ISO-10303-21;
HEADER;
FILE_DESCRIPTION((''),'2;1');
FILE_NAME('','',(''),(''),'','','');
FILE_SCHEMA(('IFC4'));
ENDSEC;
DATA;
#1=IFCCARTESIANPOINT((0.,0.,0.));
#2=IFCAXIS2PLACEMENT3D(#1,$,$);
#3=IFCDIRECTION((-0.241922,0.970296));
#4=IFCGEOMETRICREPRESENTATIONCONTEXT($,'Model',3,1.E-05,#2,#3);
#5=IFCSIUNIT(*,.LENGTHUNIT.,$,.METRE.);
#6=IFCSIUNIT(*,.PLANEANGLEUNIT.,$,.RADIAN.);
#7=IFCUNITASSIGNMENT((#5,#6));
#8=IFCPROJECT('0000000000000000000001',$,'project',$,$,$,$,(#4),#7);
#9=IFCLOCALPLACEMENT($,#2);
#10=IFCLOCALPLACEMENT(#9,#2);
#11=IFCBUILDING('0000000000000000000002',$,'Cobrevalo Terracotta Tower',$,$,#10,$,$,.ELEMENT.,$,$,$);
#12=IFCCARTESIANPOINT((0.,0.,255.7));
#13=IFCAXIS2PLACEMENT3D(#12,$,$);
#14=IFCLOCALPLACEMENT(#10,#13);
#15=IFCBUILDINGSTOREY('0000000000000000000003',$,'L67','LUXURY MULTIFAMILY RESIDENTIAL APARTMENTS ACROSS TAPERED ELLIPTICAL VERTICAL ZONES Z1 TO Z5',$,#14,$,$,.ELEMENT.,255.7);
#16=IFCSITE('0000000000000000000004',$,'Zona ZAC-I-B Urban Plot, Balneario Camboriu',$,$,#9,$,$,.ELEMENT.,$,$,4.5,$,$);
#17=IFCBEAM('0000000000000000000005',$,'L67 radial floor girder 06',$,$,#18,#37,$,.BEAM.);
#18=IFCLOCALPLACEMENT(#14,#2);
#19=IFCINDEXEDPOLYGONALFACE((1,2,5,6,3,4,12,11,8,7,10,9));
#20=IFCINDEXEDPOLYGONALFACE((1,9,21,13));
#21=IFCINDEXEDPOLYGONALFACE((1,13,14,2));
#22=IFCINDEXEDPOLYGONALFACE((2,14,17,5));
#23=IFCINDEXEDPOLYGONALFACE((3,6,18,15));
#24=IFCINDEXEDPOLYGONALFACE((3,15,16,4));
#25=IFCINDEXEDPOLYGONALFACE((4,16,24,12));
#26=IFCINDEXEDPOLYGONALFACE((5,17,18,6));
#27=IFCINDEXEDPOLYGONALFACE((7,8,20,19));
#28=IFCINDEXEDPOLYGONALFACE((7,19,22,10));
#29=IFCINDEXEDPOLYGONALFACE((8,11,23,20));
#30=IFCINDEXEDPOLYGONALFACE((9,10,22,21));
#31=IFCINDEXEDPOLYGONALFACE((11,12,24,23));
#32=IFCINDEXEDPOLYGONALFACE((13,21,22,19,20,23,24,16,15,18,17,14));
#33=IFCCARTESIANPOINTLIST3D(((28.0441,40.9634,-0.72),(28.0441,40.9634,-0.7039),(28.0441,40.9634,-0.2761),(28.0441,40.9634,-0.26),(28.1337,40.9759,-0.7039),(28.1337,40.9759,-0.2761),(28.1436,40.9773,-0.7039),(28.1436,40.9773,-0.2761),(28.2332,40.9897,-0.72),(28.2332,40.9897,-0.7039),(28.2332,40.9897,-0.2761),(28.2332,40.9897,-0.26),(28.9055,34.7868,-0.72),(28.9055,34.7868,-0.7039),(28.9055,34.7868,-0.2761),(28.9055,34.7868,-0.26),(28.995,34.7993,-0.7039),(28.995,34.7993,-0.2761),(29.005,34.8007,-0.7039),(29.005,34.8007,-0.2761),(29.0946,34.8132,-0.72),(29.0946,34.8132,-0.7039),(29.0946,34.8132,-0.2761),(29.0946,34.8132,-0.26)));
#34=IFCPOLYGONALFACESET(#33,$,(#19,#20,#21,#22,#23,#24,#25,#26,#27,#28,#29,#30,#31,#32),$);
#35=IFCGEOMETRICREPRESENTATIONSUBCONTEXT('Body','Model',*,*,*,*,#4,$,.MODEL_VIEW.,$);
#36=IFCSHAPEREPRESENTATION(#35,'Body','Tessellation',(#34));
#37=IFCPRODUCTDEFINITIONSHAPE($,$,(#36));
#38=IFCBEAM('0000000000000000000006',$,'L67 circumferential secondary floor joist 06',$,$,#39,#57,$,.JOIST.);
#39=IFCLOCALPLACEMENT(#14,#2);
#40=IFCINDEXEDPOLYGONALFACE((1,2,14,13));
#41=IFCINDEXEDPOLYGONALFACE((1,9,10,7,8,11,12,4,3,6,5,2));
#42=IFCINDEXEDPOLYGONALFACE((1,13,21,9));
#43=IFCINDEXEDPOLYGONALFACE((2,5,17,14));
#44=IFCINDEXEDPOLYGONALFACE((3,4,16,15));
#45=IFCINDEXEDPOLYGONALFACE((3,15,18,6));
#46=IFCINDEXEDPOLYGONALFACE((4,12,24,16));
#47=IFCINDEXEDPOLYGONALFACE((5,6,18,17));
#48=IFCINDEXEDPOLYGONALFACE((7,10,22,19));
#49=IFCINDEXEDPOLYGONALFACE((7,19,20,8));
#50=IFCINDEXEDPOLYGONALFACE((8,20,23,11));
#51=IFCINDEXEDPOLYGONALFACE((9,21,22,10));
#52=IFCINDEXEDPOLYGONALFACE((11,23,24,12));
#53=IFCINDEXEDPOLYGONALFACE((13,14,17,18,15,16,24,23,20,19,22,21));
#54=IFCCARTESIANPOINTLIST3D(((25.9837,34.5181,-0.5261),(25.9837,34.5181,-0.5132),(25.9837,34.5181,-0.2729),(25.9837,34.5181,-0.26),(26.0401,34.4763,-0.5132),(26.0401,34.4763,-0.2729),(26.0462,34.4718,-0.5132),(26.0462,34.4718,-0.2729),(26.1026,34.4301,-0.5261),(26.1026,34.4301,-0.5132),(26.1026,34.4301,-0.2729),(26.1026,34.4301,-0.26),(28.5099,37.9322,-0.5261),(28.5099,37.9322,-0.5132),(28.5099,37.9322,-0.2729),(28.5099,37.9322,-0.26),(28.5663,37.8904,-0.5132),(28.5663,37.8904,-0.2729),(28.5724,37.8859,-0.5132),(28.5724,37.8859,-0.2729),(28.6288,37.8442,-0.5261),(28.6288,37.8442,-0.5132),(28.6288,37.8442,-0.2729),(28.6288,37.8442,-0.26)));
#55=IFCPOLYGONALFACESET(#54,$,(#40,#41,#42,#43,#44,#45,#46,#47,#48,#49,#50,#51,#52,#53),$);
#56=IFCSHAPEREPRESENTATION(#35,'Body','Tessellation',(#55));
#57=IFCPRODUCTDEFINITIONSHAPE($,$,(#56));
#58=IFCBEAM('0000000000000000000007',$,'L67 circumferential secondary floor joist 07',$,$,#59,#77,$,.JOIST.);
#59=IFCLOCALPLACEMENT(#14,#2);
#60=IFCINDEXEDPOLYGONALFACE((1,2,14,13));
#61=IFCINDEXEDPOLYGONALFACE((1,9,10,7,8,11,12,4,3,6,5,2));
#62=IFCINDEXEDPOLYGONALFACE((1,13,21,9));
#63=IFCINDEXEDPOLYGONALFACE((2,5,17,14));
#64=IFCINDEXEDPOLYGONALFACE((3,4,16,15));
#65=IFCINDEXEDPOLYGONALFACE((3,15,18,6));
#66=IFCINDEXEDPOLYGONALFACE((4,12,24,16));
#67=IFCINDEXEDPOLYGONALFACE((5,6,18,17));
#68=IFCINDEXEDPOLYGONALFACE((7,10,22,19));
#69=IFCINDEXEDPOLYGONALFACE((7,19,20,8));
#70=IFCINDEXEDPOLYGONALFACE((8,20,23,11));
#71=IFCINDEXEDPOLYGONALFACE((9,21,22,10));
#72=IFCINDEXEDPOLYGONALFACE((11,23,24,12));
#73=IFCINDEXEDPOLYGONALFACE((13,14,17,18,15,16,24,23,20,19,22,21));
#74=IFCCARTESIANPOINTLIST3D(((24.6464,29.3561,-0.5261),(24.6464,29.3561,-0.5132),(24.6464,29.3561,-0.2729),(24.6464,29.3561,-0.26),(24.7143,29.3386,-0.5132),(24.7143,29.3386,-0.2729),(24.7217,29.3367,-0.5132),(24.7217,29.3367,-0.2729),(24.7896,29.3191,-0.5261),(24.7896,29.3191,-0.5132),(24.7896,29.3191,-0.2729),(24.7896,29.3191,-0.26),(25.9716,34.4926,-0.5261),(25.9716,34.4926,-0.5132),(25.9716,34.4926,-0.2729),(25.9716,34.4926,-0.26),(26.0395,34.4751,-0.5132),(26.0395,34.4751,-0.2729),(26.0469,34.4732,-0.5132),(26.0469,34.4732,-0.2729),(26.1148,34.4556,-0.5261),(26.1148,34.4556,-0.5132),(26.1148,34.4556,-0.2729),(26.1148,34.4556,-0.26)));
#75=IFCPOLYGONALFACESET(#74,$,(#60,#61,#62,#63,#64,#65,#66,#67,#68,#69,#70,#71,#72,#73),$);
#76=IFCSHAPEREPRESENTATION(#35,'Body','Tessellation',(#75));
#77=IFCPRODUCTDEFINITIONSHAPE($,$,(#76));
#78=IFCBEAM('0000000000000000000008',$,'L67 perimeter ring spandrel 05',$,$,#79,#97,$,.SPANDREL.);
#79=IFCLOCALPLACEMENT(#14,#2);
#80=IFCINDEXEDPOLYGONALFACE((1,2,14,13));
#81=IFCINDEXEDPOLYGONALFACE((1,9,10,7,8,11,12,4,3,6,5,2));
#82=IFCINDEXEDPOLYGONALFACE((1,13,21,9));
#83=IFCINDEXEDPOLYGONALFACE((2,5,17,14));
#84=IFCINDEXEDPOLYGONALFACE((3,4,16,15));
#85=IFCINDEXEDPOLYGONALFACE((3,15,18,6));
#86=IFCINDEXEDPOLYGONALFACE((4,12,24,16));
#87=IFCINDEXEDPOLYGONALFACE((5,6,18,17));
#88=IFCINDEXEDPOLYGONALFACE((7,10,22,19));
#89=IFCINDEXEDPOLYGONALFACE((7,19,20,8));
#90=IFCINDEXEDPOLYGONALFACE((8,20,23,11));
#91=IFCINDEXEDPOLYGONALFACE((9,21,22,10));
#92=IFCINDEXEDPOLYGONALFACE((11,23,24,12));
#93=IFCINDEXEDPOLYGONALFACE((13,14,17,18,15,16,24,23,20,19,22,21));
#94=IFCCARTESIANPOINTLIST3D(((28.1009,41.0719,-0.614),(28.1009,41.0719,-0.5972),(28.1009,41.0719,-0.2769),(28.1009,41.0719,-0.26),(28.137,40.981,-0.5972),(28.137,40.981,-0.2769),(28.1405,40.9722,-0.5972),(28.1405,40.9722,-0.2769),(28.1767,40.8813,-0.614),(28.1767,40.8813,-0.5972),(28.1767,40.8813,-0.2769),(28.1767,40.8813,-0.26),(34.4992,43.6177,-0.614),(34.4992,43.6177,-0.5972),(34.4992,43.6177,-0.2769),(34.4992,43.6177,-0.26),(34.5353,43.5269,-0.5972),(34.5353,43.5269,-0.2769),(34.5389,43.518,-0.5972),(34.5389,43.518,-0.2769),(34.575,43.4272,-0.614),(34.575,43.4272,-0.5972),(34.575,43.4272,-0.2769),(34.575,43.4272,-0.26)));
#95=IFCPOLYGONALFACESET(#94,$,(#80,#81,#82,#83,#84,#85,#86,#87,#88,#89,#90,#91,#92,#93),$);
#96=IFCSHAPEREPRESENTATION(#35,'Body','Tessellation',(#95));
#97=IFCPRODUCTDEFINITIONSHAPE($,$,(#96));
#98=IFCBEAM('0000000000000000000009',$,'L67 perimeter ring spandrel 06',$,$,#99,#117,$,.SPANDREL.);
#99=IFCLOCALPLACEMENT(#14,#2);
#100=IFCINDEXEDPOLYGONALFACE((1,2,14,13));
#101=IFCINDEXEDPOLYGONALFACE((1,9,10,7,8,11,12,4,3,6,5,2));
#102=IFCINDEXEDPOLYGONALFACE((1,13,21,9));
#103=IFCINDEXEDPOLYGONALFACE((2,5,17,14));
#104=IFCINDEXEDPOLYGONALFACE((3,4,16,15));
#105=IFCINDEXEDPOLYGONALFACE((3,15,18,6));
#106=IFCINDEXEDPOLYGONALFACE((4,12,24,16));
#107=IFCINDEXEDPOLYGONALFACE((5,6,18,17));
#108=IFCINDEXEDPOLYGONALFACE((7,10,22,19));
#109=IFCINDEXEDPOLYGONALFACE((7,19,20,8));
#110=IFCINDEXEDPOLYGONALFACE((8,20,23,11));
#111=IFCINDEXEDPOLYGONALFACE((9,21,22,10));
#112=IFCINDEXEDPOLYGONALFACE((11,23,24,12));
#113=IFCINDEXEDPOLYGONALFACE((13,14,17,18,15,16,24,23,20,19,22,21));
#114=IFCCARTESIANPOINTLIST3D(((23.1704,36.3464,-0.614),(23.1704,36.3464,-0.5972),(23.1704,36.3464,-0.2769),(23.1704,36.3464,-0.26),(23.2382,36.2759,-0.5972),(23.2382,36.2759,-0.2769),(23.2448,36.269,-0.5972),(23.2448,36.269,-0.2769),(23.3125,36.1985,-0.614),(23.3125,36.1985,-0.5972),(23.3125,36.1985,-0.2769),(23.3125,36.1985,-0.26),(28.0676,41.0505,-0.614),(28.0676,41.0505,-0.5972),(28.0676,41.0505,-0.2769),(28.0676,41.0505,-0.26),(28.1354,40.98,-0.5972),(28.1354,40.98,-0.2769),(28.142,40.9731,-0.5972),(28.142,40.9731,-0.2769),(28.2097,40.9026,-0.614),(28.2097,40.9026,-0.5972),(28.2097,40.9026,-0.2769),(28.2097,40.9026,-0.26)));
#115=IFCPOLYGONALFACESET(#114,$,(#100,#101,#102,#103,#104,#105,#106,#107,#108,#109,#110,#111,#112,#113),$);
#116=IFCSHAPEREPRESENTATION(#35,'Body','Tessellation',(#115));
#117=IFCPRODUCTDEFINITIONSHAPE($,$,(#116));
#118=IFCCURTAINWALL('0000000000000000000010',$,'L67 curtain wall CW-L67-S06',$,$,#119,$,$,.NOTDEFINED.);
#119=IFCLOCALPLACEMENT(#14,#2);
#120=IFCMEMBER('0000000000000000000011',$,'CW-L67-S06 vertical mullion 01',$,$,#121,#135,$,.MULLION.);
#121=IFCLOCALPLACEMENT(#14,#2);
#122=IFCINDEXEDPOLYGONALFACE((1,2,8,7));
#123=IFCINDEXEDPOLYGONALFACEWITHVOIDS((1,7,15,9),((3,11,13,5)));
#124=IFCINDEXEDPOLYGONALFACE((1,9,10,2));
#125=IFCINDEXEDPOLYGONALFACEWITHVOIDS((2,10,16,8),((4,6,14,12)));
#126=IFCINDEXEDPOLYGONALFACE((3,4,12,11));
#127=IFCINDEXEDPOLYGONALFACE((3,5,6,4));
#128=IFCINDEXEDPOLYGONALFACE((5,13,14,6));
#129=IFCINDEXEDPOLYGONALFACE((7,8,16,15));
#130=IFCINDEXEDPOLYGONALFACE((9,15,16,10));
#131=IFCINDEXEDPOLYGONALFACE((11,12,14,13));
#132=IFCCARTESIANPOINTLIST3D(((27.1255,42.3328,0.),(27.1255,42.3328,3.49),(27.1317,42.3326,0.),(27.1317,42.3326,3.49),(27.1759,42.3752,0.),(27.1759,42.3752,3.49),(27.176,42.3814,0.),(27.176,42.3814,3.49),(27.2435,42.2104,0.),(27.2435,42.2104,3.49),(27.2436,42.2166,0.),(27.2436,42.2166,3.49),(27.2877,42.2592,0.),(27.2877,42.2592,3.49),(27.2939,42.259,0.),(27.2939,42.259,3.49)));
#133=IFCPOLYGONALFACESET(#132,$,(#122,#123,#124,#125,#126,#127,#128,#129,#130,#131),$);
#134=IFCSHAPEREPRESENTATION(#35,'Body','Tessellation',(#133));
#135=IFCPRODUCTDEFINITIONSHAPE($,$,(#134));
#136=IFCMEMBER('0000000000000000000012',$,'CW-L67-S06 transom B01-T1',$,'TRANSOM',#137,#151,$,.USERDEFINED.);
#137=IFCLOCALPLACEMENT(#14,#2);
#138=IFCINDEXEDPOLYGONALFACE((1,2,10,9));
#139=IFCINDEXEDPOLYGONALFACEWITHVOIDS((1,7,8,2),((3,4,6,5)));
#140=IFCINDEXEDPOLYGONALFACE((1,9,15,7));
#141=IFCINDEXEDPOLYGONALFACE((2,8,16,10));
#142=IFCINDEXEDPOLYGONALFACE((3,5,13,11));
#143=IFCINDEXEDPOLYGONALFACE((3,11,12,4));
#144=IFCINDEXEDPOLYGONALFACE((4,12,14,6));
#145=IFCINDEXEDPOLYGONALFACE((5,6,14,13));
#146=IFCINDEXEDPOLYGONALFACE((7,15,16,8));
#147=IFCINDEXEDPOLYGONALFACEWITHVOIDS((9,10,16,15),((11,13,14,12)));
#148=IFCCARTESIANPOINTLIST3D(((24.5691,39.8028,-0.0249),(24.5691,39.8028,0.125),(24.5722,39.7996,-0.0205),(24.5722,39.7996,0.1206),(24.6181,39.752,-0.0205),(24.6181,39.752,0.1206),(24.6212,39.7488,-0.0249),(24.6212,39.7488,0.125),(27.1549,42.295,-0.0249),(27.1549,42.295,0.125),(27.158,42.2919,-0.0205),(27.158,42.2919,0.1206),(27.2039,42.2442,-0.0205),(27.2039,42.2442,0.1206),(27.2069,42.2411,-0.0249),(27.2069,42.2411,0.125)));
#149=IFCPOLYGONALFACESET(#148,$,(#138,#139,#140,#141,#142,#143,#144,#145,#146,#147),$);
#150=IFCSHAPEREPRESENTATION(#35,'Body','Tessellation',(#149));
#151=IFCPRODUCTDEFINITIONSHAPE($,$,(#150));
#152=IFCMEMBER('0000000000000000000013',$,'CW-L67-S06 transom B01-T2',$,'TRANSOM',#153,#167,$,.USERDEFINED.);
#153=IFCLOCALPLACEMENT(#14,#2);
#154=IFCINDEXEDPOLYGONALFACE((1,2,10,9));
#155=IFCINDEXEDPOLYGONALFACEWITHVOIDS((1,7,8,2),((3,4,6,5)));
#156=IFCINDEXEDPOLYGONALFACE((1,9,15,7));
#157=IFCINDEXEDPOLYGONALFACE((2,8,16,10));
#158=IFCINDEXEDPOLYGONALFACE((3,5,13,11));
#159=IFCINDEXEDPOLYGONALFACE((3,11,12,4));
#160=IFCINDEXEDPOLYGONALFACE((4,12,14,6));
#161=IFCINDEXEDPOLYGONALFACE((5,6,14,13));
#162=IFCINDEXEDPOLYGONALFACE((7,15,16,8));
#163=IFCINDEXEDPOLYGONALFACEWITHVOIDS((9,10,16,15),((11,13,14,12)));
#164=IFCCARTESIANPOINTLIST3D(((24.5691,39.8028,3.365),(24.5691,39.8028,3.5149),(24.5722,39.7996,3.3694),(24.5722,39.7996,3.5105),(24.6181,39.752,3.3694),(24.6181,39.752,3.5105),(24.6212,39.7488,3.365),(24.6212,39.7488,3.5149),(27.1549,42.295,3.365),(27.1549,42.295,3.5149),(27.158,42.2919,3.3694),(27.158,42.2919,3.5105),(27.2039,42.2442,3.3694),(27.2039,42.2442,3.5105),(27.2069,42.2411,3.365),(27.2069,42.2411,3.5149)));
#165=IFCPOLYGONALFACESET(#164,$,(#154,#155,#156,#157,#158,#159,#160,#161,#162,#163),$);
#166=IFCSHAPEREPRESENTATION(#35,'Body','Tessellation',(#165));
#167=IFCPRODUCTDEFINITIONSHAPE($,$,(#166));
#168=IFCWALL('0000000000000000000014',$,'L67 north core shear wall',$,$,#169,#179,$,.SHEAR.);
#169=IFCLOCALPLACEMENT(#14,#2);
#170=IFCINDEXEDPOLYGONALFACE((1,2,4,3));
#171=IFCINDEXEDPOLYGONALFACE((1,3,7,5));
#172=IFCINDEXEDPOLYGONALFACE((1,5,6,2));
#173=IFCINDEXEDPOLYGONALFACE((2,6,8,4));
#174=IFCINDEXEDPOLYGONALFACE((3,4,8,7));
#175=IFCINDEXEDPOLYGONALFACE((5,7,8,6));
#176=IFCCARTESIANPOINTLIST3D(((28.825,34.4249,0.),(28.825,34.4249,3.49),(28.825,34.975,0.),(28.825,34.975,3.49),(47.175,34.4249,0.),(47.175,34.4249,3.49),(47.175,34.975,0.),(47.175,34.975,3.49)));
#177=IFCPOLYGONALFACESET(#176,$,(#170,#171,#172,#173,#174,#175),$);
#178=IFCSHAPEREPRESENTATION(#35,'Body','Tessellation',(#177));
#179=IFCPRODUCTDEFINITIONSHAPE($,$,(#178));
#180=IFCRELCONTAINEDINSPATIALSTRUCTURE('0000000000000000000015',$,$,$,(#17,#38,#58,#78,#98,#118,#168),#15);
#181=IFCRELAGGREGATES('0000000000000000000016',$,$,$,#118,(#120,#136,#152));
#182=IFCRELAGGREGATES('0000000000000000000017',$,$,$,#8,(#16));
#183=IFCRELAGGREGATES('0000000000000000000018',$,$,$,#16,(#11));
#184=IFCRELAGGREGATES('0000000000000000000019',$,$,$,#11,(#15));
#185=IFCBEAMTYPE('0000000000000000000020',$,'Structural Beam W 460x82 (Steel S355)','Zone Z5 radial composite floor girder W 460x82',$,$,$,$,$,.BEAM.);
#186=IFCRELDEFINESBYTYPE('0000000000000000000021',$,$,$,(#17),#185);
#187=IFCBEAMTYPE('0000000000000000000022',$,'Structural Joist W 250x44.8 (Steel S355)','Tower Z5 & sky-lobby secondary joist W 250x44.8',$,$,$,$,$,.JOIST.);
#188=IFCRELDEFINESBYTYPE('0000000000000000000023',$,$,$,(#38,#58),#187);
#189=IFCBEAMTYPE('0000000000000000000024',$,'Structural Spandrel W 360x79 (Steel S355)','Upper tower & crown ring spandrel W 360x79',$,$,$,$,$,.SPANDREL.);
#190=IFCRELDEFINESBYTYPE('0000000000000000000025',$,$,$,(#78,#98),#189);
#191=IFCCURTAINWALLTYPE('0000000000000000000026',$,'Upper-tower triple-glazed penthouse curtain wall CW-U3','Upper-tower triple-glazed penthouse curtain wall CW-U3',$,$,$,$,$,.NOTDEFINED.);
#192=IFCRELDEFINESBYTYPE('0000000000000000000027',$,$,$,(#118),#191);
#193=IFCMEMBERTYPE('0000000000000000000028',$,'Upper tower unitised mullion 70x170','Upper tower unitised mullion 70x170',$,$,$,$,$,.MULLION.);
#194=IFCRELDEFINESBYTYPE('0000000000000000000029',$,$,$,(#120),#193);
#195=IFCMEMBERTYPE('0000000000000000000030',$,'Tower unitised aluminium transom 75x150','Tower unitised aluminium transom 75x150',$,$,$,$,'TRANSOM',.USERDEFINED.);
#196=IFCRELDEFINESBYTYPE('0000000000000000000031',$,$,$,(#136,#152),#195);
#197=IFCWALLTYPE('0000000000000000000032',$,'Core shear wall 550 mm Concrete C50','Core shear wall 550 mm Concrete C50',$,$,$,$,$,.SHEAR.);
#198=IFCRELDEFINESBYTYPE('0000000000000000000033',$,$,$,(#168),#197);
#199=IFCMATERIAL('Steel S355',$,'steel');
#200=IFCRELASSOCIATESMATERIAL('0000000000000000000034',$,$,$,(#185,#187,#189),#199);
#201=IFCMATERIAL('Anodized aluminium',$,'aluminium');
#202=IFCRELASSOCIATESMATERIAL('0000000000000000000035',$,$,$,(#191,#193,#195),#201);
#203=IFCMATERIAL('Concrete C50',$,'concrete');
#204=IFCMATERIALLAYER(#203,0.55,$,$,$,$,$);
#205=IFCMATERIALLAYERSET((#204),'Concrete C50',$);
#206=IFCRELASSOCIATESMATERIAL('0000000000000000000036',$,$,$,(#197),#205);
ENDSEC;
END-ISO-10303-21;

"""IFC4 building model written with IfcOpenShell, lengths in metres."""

from ifc_helpers import new_model, si_unit, direction, frame, frame_2d, origin, origin_2d, place, context, subcontext, project, spatial, rectangle, hollow_rectangle, i_section, extrude, source, transform, mapped, material, layer, layer_set, material_profile, profile_set, type_object, element, aggregate, save


model = new_model("IFC4")

# Units and contexts
model_context = context("Model", 3, precision=1e-05, world=origin(), true_north=direction((-0.241922, 0.970296)))
body_context = subcontext(model_context, "Body", "Model", "MODEL_VIEW")
ifc_project = project(units=[si_unit("LENGTHUNIT", "METRE"), si_unit("PLANEANGLEUNIT", "RADIAN")], contexts=[model_context])

# Site, building, storey
site_placement = place(None, origin())
site = spatial("IfcSite", under=ifc_project, at=site_placement, Name="Zona ZAC-I-B Urban Plot, Balneario Camboriu", CompositionType="ELEMENT", RefElevation=4.5)
building_placement = place(site_placement, origin())
building = spatial("IfcBuilding", under=site, at=building_placement, Name="Cobrevalo Terracotta Tower", CompositionType="ELEMENT")
storey_placement = place(building_placement, frame((0.0, 0.0, 255.7)))
storey = spatial("IfcBuildingStorey", under=building, at=storey_placement, Name="L67", Description="LUXURY MULTIFAMILY RESIDENTIAL APARTMENTS ACROSS TAPERED ELLIPTICAL VERTICAL ZONES Z1 TO Z5", CompositionType="ELEMENT", Elevation=255.7)

# Shared definitions
ifc_material_1 = material(Name="Steel S355", Category="steel")
ifc_material_2 = material(Name="Concrete C50", Category="concrete")

# Beams
ifc_material_profile_1 = material_profile(ifc_material_1, i_section(OverallWidth=0.1909, OverallDepth=0.46, WebThickness=0.01, FlangeThickness=0.0161, at=origin_2d()), Name="W 460x82")
ifc_profile_set_1 = profile_set([ifc_material_profile_1], Name="Steel S355")
beam_type_1 = type_object("IfcBeamType", Name="Structural Beam W 460x82 (Steel S355)", Description="Zone Z5 radial composite floor girder W 460x82", PredefinedType="BEAM", material=ifc_profile_set_1)
beam_1_placement = place(storey_placement, frame((28.1387, 40.9766, -0.49), z_axis=(0.138116, -0.990416, 0.0), x_axis=(0.990416, 0.138116, 0.0)))
element("IfcBeam", 1, at=beam_1_placement, inside=storey, type_object=beam_type_1, Name="L67 radial floor girder 06", PredefinedType="BEAM", context=body_context, shape_type="SweptSolid", body=[
    extrude(i_section(OverallWidth=0.1909, OverallDepth=0.46, WebThickness=0.01, FlangeThickness=0.0161, at=origin_2d()), origin(), (0.0, 0.0, 1.0), 6.2363),
])
ifc_material_profile_2 = material_profile(ifc_material_1, i_section(OverallWidth=0.1479, OverallDepth=0.2661, WebThickness=0.0076, FlangeThickness=0.0129, at=origin_2d()), Name="W 250x44.8")
ifc_profile_set_2 = profile_set([ifc_material_profile_2], Name="Steel S355")
beam_type_2 = type_object("IfcBeamType", Name="Structural Joist W 250x44.8 (Steel S355)", Description="Tower Z5 & sky-lobby secondary joist W 250x44.8", PredefinedType="JOIST", material=ifc_profile_set_2)
beam_2_placement = place(storey_placement, frame((28.5693, 37.8882, -0.3931), z_axis=(-0.5948, -0.803874, 0.0), x_axis=(0.803874, -0.5948, 0.0)))
element("IfcBeam", 2, at=beam_2_placement, inside=storey, type_object=beam_type_2, Name="L67 circumferential secondary floor joist 06", PredefinedType="JOIST", context=body_context, shape_type="SweptSolid", body=[
    extrude(i_section(OverallWidth=0.1479, OverallDepth=0.2661, WebThickness=0.0076, FlangeThickness=0.0129, at=origin_2d()), origin(), (0.0, 0.0, 1.0), 4.2471),
])
beam_3_placement = place(storey_placement, frame((26.0432, 34.4741, -0.3931), z_axis=(-0.249817, -0.968293, 0.0), x_axis=(0.968293, -0.249817, 0.0)))
element("IfcBeam", 3, at=beam_3_placement, inside=storey, type_object=beam_type_2, Name="L67 circumferential secondary floor joist 07", PredefinedType="JOIST", context=body_context, shape_type="SweptSolid", body=[
    extrude(i_section(OverallWidth=0.1479, OverallDepth=0.2661, WebThickness=0.0076, FlangeThickness=0.0129, at=origin_2d()), origin(), (0.0, 0.0, 1.0), 5.3047),
])
ifc_material_profile_3 = material_profile(ifc_material_1, i_section(OverallWidth=0.2051, OverallDepth=0.354, WebThickness=0.0095, FlangeThickness=0.0168, at=origin_2d()), Name="W 360x79")
ifc_profile_set_3 = profile_set([ifc_material_profile_3], Name="Steel S355")
beam_type_3 = type_object("IfcBeamType", Name="Structural Spandrel W 360x79 (Steel S355)", Description="Upper tower & crown ring spandrel W 360x79", PredefinedType="SPANDREL", material=ifc_profile_set_3)
beam_4_placement = place(storey_placement, frame((34.5371, 43.5225, -0.437), z_axis=(-0.92915, -0.369703, 0.0), x_axis=(0.369703, -0.92915, 0.0)))
element("IfcBeam", 4, at=beam_4_placement, inside=storey, type_object=beam_type_3, Name="L67 perimeter ring spandrel 05", PredefinedType="SPANDREL", context=body_context, shape_type="SweptSolid", body=[
    extrude(i_section(OverallWidth=0.2051, OverallDepth=0.354, WebThickness=0.0095, FlangeThickness=0.0168, at=origin_2d()), origin(), (0.0, 0.0, 1.0), 6.8862),
])
beam_5_placement = place(storey_placement, frame((28.1387, 40.9766, -0.437), z_axis=(-0.721183, -0.692744, 0.0), x_axis=(0.692744, -0.721183, 0.0)))
element("IfcBeam", 5, at=beam_5_placement, inside=storey, type_object=beam_type_3, Name="L67 perimeter ring spandrel 06", PredefinedType="SPANDREL", context=body_context, shape_type="SweptSolid", body=[
    extrude(i_section(OverallWidth=0.2051, OverallDepth=0.354, WebThickness=0.0095, FlangeThickness=0.0168, at=origin_2d()), origin(), (0.0, 0.0, 1.0), 6.7905),
])

# Curtain wall, members
ifc_material_3 = material(Name="Anodized aluminium", Category="aluminium")
curtain_wall_type = type_object("IfcCurtainWallType", Name="Upper-tower triple-glazed penthouse curtain wall CW-U3", Description="Upper-tower triple-glazed penthouse curtain wall CW-U3", PredefinedType="NOTDEFINED", material=ifc_material_3)
curtain_wall_placement = place(storey_placement, origin())
curtain_wall = element("IfcCurtainWall", 6, at=curtain_wall_placement, inside=storey, type_object=curtain_wall_type, Name="L67 curtain wall CW-L67-S06", PredefinedType="NOTDEFINED")
ifc_material_profile_4 = material_profile(ifc_material_3, hollow_rectangle(XDim=0.0701, YDim=0.1699, WallThickness=0.0044, at=origin_2d()), Name="CWM 70x170")
ifc_profile_set_4 = profile_set([ifc_material_profile_4], Name="Anodized aluminium")
member_type_1 = type_object("IfcMemberType", Name="Upper tower unitised mullion 70x170", Description="Upper tower unitised mullion 70x170", PredefinedType="MULLION", material=ifc_profile_set_4)
shared_shape_1 = source(origin(), body_context, "Body", "SweptSolid", [
    extrude(hollow_rectangle(XDim=0.0701, YDim=0.1699, WallThickness=0.0044, at=origin_2d()), origin(), (0.0, 0.0, 1.0), 3.49),
])
member_1_placement = place(storey_placement, frame((27.2097, 42.2959, 0.0), z_axis=(0.0, 0.0, 1.0), x_axis=(-0.719994, -0.69398, 0.0)))
member_1 = element("IfcMember", 7, at=member_1_placement, type_object=member_type_1, Name="CW-L67-S06 vertical mullion 01", PredefinedType="MULLION", context=body_context, shape_type="MappedRepresentation", body=[
    mapped(shared_shape_1, transform((0.0, 0.0, 0.0), scale=1.0)),
])
ifc_material_profile_5 = material_profile(ifc_material_3, hollow_rectangle(XDim=0.075, YDim=0.1499, WallThickness=0.0044, at=origin_2d()), Name="CWT 75x150")
ifc_profile_set_5 = profile_set([ifc_material_profile_5], Name="Anodized aluminium")
member_type_2 = type_object("IfcMemberType", Name="Tower unitised aluminium transom 75x150", Description="Tower unitised aluminium transom 75x150", ElementType="TRANSOM", PredefinedType="USERDEFINED", material=ifc_profile_set_5)
shared_shape_2 = source(origin(), body_context, "Body", "SweptSolid", [
    extrude(hollow_rectangle(XDim=0.075, YDim=0.1499, WallThickness=0.0044, at=origin_2d()), origin(), (0.0, 0.0, 1.0), 3.5913),
])
member_2_placement = place(storey_placement, frame((27.1809, 42.2681, 0.05), z_axis=(-0.720006, -0.693968, 0.0), x_axis=(0.693968, -0.720006, 0.0)))
member_2 = element("IfcMember", 8, at=member_2_placement, type_object=member_type_2, Name="CW-L67-S06 transom B01-T1", ObjectType="TRANSOM", PredefinedType="USERDEFINED", context=body_context, shape_type="MappedRepresentation", body=[
    mapped(shared_shape_2, transform((0.0, 0.0, 0.0), scale=1.0)),
])
member_3_placement = place(storey_placement, frame((27.1809, 42.2681, 3.4399), z_axis=(-0.720006, -0.693968, 0.0), x_axis=(0.693968, -0.720006, 0.0)))
member_3 = element("IfcMember", 9, at=member_3_placement, type_object=member_type_2, Name="CW-L67-S06 transom B01-T2", ObjectType="TRANSOM", PredefinedType="USERDEFINED", context=body_context, shape_type="MappedRepresentation", body=[
    mapped(shared_shape_2, transform((0.0, 0.0, 0.0), scale=1.0)),
])
aggregate(curtain_wall, [member_1, member_2, member_3])

# Wall
ifc_layer_1 = layer(ifc_material_2, 0.55)
ifc_layer_set_1 = layer_set([ifc_layer_1], Name="Concrete C50")
wall_type_1 = type_object("IfcWallType", Name="Core shear wall 550 mm Concrete C50", Description="Core shear wall 550 mm Concrete C50", PredefinedType="SHEAR", material=ifc_layer_set_1)
wall_1_placement = place(storey_placement, frame((28.825, 34.7, 0.0), z_axis=(0.0, 0.0, 1.0), x_axis=(1.0, 0.0, 0.0)))
element("IfcWall", 10, at=wall_1_placement, inside=storey, type_object=wall_type_1, Name="L67 north core shear wall", PredefinedType="SHEAR", context=body_context, shape_type="SweptSolid", body=[
    extrude(rectangle(XDim=18.3501, YDim=0.55, at=frame_2d((9.175, 0.0))), origin(), (0.0, 0.0, 1.0), 3.49),
])

save(model, "model.ifc")
